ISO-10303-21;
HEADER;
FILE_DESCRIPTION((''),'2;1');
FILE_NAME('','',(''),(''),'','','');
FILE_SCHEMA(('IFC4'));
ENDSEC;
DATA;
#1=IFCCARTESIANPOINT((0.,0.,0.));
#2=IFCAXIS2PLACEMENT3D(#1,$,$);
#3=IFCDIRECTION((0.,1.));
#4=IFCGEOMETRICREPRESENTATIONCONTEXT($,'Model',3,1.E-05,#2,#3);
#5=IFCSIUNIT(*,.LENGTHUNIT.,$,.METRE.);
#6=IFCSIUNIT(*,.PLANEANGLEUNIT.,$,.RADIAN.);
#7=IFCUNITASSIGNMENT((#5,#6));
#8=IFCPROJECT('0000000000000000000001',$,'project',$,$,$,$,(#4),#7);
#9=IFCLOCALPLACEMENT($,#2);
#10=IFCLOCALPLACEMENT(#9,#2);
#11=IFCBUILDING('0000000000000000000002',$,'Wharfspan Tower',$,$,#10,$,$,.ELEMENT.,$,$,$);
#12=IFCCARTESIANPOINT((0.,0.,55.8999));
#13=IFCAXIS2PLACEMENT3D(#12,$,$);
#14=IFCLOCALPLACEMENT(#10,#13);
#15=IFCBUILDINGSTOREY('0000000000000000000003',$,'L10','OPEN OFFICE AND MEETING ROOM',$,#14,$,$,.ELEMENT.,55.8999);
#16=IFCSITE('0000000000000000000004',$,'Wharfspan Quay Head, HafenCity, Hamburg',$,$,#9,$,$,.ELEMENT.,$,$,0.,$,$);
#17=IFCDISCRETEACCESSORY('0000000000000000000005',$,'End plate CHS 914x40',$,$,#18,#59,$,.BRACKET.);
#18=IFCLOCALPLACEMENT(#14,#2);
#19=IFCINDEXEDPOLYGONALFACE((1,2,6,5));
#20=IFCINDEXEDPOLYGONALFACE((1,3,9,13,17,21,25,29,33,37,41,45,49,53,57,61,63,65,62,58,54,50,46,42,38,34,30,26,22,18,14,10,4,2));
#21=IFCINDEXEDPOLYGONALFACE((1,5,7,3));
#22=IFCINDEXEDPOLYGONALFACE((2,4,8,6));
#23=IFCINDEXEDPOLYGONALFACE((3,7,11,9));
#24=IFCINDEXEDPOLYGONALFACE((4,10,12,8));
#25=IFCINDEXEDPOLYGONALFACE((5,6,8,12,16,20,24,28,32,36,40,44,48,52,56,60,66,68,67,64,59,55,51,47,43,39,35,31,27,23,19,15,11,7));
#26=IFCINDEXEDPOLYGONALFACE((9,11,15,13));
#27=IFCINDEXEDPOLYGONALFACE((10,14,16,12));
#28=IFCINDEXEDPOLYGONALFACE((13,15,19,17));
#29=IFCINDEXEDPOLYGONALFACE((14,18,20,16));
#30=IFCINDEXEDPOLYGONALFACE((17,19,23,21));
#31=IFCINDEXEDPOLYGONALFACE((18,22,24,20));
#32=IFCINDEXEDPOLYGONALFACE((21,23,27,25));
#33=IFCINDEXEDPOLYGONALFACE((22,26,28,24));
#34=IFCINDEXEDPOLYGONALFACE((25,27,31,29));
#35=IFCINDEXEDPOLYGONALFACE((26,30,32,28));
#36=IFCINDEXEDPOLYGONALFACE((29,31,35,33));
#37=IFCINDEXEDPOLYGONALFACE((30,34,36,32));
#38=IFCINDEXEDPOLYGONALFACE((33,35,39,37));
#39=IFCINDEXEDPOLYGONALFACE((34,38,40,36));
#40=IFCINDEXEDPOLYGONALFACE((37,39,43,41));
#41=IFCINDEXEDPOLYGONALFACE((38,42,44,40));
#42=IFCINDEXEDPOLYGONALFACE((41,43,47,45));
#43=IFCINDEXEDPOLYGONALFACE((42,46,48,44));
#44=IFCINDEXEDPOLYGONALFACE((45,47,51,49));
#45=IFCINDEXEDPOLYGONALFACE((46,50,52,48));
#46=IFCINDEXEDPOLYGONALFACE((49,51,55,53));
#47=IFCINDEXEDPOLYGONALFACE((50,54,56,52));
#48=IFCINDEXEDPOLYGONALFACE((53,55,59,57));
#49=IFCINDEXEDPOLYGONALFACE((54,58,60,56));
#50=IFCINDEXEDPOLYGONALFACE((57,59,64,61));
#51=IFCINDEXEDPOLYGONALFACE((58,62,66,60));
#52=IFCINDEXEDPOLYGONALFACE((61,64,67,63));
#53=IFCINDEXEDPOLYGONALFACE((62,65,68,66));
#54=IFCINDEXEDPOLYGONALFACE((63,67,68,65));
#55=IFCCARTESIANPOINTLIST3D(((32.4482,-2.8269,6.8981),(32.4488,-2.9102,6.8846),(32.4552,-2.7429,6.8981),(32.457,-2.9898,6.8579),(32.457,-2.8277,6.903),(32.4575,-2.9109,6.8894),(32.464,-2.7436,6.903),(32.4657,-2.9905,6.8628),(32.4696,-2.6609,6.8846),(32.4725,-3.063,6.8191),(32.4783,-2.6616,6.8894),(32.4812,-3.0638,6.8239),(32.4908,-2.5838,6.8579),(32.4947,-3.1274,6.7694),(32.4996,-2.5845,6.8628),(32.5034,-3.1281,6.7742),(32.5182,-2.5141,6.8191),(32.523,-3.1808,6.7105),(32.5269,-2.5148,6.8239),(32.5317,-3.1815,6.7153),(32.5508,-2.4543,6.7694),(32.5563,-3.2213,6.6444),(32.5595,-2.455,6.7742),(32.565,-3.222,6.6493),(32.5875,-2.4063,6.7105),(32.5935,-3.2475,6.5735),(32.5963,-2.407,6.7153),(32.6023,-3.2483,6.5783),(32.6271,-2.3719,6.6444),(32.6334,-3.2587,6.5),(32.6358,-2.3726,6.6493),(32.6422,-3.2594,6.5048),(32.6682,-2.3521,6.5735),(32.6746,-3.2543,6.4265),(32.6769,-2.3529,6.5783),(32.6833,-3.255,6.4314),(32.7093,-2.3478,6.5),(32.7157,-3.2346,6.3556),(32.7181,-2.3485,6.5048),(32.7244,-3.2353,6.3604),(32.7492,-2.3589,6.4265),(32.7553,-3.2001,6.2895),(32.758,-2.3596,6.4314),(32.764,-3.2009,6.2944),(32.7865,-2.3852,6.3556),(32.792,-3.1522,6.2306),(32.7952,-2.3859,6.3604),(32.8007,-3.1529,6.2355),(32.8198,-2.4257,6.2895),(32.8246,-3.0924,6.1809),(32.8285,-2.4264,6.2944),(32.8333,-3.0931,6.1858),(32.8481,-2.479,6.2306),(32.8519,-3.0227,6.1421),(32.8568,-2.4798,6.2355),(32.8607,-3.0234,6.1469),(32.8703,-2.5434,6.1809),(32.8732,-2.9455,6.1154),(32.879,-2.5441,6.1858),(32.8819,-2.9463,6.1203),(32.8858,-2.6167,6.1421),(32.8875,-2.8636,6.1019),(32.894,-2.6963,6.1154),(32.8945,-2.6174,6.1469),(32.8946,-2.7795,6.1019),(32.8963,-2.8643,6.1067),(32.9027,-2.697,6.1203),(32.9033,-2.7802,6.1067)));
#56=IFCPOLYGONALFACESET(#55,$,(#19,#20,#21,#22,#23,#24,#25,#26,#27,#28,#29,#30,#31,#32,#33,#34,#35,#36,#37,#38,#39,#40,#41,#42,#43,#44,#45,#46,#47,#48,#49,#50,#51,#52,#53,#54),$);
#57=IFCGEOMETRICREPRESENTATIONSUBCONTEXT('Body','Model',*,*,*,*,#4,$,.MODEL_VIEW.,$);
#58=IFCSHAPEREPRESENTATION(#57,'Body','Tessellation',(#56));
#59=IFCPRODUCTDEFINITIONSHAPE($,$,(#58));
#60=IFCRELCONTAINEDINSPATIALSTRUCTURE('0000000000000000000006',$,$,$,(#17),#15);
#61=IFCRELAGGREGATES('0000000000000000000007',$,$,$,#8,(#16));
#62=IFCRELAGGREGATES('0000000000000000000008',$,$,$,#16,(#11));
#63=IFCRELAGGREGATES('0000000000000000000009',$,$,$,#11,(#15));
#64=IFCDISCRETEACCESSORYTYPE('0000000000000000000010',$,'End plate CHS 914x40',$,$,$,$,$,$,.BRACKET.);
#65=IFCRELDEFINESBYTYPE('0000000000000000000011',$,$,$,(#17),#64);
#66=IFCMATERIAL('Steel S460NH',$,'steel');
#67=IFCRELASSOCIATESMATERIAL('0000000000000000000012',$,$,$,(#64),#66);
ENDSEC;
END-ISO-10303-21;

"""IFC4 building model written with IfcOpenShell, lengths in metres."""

from ifc_helpers import new_model, si_unit, direction, frame, origin, origin_2d, place, context, subcontext, project, spatial, circle, extrude, material, material_profile, profile_set, type_object, element, save


model = new_model("IFC4")

# Units and contexts
model_context = context("Model", 3, precision=1e-05, world=origin(), true_north=direction((0.0, 1.0)))
body_context = subcontext(model_context, "Body", "Model", "MODEL_VIEW")
ifc_project = project(units=[si_unit("LENGTHUNIT", "METRE"), si_unit("PLANEANGLEUNIT", "RADIAN")], contexts=[model_context])

# Site, building, storey
site_placement = place(None, origin())
site = spatial("IfcSite", under=ifc_project, at=site_placement, Name="Wharfspan Quay Head, HafenCity, Hamburg", CompositionType="ELEMENT", RefElevation=0.0)
building_placement = place(site_placement, origin())
building = spatial("IfcBuilding", under=site, at=building_placement, Name="Wharfspan Tower", CompositionType="ELEMENT")
storey_placement = place(building_placement, frame((0.0, 0.0, 55.8999)))
storey = spatial("IfcBuildingStorey", under=building, at=storey_placement, Name="L10", Description="OPEN OFFICE AND MEETING ROOM", CompositionType="ELEMENT", Elevation=55.8999)

# Shared definitions
ifc_material_1 = material(Name="Steel S460NH", Category="steel")

# Discrete accessory
ifc_material_profile_1 = material_profile(ifc_material_1, circle(Radius=0.457, at=origin_2d()))
ifc_profile_set_1 = profile_set([ifc_material_profile_1], Name="Steel S460NH")
discrete_accessory_type = type_object("IfcDiscreteAccessoryType", Name="End plate CHS 914x40", PredefinedType="BRACKET", material=ifc_profile_set_1)
for number, where, z_axis, x_axis, name in (
    (1, (32.6714, -2.8032, 6.5), (0.871847, -0.072654, 0.484359), (0.083044, 0.996547, 0.000003), "End plate CHS 914x40"),
):
    element("IfcDiscreteAccessory", number, at=place(storey_placement, frame(where, z_axis=z_axis, x_axis=x_axis)), inside=storey, type_object=discrete_accessory_type, Name=name, PredefinedType="BRACKET", context=body_context, shape_type="SweptSolid", body=[
        extrude(circle(Radius=0.457, at=origin_2d()), origin(), (0.0, 0.0, 1.0), 0.01),
    ])

save(model, "model.ifc")
